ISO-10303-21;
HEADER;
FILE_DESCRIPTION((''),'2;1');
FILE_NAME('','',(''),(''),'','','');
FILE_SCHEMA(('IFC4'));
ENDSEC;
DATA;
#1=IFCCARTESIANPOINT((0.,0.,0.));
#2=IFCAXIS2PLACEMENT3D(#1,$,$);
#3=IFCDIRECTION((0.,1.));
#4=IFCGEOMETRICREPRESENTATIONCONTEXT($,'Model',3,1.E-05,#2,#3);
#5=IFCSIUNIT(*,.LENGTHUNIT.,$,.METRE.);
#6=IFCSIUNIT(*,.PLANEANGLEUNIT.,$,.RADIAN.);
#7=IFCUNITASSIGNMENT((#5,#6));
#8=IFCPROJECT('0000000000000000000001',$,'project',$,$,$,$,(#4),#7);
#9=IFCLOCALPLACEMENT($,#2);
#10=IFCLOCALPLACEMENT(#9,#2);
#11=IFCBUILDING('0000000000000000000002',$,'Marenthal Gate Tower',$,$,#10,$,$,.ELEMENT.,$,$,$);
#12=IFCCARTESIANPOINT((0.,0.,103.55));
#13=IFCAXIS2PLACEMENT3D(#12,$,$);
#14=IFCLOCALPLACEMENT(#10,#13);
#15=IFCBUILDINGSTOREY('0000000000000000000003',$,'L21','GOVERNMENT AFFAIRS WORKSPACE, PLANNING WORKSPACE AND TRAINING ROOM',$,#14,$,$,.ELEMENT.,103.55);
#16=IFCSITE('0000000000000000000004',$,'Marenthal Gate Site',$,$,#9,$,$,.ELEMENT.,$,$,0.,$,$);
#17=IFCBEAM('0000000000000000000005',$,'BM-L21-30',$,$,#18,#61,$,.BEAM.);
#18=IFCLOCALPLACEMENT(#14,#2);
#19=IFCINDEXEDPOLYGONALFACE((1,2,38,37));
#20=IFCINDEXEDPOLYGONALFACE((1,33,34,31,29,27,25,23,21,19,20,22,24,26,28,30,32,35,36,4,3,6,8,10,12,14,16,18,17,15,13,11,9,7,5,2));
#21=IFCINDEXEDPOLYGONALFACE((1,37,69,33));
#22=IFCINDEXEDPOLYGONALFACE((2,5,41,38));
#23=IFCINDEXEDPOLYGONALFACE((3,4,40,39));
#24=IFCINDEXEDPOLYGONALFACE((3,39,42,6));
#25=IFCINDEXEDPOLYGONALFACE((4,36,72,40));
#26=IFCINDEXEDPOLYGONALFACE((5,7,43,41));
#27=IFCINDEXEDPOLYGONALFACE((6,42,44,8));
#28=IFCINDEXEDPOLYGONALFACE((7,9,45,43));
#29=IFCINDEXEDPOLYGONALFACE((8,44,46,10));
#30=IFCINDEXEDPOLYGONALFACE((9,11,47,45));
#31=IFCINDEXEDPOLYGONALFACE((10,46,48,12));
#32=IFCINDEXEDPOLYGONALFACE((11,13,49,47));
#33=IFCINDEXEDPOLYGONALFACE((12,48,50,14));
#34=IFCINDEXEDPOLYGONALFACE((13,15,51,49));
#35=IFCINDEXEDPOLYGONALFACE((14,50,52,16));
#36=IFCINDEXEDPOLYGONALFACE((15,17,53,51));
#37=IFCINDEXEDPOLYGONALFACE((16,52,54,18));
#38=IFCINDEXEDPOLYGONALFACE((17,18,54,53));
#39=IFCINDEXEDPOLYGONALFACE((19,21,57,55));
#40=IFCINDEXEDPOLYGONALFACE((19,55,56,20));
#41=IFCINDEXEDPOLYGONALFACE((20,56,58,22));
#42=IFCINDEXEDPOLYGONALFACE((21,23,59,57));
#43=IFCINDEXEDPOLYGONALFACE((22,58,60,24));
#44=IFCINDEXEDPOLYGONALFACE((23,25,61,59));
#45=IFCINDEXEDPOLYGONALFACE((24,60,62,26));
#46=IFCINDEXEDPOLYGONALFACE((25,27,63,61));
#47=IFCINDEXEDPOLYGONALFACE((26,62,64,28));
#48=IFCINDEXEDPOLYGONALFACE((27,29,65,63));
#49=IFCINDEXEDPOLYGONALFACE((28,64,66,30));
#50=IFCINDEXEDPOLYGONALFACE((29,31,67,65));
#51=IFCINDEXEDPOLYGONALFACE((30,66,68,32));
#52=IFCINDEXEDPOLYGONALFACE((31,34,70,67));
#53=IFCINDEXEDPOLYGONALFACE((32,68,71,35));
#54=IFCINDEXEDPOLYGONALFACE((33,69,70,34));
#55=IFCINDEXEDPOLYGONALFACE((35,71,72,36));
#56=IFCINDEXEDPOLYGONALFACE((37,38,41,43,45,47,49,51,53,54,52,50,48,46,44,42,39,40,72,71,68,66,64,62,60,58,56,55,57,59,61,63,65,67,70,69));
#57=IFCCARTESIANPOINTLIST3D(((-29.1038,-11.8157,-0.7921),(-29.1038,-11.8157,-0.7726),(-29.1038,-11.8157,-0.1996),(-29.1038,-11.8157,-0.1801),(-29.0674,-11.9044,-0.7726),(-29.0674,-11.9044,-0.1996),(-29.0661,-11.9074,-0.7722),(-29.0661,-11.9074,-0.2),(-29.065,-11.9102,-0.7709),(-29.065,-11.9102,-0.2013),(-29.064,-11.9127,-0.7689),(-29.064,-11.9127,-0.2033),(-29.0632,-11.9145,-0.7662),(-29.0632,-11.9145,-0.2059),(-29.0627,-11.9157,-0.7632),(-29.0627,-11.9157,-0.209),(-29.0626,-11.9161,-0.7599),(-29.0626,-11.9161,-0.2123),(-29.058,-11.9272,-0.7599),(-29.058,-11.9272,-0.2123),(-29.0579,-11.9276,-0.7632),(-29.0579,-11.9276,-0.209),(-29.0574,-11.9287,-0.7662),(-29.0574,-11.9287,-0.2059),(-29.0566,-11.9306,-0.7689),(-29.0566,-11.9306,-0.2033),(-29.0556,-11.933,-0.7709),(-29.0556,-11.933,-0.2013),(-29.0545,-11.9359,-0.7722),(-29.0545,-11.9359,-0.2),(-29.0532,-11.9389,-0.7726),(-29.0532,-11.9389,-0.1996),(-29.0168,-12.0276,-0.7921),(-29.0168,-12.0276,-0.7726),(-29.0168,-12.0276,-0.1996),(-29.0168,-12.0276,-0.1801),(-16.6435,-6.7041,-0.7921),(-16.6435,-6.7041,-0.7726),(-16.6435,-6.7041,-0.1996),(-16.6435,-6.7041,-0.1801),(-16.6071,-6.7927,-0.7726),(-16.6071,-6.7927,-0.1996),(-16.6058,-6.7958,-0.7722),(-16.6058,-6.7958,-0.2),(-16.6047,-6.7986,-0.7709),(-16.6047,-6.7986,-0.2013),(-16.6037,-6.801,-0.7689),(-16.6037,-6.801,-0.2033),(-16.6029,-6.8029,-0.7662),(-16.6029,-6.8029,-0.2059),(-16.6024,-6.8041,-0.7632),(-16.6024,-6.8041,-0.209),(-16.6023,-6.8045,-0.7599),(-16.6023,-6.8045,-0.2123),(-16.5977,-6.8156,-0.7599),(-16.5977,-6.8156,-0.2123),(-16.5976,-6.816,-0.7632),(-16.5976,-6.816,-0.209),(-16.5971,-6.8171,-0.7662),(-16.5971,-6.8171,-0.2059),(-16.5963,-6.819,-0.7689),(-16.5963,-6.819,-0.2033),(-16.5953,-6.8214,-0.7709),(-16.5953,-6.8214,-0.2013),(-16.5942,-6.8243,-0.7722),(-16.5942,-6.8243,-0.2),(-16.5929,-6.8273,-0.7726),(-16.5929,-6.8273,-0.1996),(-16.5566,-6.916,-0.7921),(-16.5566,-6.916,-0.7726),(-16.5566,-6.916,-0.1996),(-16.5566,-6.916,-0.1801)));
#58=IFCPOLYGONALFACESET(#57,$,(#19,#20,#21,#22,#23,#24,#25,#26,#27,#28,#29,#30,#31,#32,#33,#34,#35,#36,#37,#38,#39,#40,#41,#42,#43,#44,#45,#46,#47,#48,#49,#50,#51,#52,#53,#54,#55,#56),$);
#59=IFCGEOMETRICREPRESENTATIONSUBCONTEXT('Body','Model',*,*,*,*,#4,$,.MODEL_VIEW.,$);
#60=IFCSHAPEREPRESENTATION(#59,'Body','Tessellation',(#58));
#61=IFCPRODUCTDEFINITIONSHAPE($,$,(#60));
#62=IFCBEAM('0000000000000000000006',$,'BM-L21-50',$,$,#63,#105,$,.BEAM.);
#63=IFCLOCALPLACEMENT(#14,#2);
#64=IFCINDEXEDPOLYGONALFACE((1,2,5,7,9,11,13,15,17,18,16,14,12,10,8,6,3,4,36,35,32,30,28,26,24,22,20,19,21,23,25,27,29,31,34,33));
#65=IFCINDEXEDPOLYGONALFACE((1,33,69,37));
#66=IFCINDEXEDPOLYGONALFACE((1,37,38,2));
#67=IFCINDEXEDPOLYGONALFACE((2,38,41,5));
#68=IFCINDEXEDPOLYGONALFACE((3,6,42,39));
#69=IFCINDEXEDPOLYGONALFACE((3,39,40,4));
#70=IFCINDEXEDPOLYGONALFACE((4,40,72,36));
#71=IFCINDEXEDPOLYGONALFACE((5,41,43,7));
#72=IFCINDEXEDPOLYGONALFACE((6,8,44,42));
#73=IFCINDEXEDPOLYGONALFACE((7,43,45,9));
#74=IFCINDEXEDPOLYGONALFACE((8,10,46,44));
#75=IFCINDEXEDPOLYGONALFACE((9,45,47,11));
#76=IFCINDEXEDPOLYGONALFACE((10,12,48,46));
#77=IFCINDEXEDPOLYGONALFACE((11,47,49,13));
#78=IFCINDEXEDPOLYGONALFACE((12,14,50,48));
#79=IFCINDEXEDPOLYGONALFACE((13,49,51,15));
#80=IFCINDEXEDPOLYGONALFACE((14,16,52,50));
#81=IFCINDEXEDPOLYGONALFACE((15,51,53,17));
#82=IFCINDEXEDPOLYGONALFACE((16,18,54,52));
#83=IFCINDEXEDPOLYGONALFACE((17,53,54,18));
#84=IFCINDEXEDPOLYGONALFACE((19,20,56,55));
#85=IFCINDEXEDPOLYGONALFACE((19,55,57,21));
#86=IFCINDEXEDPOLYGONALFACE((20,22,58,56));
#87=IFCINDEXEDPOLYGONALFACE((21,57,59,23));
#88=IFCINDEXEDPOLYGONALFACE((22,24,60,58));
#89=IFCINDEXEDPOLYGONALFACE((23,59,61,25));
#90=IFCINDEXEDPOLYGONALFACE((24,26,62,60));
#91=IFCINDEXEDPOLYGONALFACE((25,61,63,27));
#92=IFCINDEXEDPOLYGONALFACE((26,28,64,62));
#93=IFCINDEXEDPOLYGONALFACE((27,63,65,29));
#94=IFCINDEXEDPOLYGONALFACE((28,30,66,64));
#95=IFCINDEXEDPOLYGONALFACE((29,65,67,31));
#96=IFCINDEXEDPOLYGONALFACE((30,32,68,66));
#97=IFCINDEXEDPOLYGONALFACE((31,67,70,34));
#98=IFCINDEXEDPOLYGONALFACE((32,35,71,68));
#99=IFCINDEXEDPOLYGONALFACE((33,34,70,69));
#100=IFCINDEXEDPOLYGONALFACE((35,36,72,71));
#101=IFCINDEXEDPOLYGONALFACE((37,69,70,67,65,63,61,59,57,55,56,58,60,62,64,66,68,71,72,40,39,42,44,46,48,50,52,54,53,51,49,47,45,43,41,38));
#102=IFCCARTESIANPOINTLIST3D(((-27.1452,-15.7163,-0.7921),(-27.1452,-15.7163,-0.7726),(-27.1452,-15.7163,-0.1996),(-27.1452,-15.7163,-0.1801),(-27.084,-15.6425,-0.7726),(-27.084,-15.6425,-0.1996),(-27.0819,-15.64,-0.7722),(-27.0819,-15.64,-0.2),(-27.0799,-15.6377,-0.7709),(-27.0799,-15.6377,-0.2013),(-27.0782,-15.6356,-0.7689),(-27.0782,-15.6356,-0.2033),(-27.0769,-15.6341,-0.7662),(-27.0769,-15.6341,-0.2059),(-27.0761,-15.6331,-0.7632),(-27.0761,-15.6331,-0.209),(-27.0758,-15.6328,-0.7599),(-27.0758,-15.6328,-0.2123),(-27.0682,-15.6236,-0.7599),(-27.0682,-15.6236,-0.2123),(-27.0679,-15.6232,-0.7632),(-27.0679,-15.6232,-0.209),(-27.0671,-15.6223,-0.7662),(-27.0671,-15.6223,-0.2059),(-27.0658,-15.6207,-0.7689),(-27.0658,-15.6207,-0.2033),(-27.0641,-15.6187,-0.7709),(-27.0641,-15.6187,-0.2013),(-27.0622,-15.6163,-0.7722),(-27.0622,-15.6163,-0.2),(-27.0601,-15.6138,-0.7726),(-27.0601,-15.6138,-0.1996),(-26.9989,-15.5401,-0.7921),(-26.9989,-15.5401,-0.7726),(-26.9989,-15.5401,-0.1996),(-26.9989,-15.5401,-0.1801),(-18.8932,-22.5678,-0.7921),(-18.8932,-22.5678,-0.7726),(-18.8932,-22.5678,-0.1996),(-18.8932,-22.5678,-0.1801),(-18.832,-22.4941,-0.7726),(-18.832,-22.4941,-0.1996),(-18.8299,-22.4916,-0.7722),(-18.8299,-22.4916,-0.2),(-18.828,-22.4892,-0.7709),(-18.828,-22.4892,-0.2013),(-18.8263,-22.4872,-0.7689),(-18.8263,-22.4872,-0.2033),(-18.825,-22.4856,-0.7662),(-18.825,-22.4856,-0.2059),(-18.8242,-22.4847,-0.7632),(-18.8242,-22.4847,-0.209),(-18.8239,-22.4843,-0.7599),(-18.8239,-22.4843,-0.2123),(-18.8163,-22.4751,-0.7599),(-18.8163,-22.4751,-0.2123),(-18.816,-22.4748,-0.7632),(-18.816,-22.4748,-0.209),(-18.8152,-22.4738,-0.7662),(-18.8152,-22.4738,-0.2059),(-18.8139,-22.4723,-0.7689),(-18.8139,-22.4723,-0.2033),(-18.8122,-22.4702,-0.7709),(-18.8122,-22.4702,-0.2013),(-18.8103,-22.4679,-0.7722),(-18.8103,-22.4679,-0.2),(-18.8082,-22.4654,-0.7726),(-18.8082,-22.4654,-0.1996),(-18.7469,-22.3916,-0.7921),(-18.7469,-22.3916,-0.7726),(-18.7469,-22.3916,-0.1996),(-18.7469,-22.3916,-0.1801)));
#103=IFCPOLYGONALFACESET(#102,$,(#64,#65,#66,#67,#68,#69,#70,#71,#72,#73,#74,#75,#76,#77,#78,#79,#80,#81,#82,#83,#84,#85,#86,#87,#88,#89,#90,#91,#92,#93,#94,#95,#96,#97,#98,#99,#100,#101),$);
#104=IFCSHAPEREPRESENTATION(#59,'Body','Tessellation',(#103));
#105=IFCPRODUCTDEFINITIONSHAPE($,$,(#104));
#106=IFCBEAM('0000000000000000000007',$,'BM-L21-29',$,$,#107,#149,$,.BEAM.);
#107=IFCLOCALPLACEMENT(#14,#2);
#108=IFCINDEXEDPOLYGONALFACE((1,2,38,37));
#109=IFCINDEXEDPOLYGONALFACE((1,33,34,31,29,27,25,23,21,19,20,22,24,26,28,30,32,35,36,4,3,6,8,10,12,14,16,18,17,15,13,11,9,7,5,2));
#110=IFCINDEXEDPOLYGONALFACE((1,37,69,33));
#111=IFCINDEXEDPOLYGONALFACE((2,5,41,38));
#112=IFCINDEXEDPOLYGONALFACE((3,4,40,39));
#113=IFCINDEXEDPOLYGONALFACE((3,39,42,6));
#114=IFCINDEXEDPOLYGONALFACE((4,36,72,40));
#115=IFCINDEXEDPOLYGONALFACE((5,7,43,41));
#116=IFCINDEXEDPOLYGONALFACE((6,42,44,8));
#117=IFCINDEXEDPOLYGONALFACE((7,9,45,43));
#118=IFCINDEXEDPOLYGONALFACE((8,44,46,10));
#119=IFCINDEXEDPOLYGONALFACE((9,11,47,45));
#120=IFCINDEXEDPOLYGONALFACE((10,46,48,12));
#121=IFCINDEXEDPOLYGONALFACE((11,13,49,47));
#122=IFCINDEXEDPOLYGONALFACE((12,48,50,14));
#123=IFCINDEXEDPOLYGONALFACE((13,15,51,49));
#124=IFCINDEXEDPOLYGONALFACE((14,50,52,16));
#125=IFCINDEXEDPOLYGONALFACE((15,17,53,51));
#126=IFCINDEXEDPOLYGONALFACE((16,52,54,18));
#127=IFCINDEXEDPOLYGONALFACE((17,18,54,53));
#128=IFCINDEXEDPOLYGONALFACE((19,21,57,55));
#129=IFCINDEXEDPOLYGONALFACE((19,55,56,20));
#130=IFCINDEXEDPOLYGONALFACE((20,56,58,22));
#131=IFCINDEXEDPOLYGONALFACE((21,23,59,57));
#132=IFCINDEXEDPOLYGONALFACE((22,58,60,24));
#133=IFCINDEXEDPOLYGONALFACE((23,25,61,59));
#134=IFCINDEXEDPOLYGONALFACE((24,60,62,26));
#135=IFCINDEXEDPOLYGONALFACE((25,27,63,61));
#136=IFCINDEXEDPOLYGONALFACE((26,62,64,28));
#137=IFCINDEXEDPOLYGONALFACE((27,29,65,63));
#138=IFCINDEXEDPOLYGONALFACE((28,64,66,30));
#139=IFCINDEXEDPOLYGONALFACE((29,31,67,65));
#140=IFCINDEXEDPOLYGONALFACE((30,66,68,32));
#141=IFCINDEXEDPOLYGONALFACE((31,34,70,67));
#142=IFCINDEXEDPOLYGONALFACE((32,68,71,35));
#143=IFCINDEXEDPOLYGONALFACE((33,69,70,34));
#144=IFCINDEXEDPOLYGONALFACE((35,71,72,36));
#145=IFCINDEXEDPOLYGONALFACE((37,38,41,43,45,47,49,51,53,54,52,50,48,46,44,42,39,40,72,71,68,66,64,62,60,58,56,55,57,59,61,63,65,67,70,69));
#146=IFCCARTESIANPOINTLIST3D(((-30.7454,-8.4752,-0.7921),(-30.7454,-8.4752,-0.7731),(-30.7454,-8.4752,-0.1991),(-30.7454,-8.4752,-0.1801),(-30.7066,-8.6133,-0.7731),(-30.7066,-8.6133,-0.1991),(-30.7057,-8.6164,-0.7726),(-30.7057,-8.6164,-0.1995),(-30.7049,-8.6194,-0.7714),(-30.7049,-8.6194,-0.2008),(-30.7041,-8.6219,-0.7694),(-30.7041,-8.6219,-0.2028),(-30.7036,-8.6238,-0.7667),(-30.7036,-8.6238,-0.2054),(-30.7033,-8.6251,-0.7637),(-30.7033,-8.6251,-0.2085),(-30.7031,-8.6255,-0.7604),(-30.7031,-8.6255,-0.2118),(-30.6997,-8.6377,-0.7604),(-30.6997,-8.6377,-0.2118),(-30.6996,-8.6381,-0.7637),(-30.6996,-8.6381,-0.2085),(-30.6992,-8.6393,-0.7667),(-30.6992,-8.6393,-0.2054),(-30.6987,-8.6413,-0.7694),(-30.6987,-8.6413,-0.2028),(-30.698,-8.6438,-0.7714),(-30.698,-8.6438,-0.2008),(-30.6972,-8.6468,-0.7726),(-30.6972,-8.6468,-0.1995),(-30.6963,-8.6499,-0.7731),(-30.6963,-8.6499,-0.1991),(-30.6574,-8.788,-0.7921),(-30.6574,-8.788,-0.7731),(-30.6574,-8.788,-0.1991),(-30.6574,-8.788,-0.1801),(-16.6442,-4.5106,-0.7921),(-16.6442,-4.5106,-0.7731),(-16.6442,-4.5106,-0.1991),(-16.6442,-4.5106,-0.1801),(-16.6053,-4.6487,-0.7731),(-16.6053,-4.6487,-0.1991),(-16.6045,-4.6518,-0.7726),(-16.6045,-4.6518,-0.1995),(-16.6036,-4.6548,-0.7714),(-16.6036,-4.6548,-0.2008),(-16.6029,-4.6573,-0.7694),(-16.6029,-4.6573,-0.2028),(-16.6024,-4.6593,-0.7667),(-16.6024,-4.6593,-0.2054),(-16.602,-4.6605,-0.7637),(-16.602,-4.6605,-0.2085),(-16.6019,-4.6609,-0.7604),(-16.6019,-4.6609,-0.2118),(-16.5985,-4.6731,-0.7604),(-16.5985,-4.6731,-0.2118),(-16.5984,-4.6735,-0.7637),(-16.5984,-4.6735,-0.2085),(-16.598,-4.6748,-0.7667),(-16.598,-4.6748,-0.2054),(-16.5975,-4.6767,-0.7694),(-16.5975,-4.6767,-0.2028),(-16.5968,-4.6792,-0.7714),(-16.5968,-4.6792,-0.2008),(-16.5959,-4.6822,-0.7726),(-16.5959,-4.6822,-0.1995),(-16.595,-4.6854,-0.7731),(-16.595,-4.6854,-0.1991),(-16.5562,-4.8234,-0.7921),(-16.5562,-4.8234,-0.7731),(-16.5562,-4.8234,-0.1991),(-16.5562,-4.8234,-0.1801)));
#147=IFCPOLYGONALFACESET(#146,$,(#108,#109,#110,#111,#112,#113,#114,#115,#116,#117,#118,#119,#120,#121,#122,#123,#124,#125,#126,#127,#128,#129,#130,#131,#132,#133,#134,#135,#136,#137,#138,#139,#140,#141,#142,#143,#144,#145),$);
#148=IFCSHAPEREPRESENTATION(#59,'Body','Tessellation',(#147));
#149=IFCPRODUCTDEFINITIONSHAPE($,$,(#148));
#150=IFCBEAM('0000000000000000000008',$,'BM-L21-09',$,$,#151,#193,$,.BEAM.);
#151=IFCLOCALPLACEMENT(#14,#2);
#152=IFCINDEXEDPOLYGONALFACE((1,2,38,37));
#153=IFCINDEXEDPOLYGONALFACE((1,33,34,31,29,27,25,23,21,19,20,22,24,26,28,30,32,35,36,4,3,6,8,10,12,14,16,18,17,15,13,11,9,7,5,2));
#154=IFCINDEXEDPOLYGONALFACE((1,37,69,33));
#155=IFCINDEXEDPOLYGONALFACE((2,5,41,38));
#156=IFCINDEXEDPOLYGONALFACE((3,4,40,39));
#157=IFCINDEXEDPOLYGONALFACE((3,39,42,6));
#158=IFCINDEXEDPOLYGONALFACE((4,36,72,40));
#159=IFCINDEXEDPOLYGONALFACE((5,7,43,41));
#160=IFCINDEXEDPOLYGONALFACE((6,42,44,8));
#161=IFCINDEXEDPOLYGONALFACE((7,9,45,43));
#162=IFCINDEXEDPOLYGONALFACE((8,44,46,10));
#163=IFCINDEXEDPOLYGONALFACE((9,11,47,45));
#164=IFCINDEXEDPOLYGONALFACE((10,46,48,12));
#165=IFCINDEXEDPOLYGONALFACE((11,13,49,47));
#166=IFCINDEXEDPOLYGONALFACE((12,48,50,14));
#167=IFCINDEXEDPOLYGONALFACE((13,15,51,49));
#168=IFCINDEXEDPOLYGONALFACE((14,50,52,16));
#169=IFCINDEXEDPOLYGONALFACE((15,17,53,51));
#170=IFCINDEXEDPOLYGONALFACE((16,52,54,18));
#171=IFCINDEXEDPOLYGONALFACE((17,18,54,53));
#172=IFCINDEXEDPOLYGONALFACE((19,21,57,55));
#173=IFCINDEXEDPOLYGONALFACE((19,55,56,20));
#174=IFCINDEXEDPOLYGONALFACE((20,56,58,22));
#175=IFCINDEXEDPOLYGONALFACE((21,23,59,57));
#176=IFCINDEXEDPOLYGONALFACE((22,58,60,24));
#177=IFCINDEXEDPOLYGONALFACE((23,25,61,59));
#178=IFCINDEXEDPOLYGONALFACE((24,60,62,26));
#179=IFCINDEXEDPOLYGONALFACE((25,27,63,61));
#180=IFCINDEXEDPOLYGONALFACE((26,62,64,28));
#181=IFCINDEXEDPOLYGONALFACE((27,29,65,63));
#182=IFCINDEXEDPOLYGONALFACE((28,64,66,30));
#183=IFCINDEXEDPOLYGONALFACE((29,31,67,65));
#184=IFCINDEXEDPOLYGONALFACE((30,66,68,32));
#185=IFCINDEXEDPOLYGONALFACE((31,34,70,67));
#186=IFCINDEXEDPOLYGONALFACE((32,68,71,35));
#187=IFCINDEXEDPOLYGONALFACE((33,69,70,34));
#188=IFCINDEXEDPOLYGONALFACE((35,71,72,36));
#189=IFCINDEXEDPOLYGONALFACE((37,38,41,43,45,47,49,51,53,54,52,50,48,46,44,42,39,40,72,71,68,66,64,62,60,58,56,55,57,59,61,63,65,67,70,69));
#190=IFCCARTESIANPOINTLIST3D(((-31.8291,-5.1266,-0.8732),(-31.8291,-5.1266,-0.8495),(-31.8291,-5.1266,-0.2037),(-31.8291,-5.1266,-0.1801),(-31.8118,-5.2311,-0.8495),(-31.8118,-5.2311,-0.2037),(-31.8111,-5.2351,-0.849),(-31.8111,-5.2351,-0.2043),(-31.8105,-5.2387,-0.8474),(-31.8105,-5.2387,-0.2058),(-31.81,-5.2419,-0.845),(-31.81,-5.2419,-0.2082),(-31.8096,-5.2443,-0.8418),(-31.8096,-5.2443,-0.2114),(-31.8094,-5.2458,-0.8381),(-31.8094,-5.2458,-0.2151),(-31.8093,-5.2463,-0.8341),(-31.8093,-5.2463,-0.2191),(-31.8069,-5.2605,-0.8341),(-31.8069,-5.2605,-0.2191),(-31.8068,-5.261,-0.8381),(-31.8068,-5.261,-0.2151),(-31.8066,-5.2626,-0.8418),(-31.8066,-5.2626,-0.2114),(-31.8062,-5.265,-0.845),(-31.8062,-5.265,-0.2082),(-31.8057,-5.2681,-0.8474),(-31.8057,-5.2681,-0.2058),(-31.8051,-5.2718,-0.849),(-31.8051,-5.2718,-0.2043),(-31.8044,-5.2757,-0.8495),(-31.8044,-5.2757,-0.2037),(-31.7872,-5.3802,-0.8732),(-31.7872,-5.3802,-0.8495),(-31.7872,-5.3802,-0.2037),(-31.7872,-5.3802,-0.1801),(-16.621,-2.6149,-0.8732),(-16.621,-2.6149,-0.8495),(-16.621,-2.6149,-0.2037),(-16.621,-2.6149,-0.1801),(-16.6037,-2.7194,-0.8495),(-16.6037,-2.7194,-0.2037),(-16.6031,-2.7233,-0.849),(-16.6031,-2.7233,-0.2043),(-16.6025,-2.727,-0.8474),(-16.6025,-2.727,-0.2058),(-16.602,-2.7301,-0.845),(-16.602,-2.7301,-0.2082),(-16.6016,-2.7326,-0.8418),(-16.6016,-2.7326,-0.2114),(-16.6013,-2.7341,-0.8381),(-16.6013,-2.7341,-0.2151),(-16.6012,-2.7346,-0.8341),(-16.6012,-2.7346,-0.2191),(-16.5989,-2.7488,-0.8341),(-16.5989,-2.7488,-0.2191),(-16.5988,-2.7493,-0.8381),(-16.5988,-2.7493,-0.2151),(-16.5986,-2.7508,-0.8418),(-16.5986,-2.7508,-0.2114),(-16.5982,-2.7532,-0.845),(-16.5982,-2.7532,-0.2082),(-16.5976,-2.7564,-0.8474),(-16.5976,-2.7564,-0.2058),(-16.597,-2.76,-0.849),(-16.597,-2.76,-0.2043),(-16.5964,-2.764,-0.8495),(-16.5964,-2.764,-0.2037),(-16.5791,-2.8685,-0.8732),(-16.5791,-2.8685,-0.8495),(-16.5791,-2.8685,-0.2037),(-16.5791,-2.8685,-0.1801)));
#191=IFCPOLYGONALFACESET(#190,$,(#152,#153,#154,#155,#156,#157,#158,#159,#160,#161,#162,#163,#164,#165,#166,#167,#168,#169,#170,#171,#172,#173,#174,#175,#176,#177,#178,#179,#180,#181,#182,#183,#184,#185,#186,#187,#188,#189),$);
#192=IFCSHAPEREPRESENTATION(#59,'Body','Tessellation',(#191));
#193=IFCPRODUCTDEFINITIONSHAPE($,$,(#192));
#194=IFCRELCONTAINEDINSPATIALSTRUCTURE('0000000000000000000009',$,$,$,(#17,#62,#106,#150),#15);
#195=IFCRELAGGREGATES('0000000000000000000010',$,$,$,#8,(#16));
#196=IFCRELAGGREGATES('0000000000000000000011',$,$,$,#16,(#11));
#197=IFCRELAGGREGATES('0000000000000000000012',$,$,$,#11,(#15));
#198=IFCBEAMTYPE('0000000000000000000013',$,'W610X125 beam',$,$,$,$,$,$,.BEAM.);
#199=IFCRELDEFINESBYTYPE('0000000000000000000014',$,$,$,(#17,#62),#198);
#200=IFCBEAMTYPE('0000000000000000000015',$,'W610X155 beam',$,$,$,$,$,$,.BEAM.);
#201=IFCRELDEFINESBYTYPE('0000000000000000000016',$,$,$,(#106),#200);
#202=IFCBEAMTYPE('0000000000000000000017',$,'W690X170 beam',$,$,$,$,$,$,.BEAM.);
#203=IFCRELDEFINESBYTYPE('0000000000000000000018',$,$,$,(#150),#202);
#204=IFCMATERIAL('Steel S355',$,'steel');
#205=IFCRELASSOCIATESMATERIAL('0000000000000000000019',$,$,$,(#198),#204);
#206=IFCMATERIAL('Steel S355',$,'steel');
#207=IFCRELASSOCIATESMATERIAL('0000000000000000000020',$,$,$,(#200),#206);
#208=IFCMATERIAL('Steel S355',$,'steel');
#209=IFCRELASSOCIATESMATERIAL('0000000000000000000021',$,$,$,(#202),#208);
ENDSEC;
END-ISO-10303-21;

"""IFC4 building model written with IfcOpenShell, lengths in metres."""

from ifc_helpers import new_model, si_unit, direction, frame, origin, origin_2d, place, context, subcontext, project, spatial, i_section, extrude, material, material_profile, profile_set, type_object, element, save


model = new_model("IFC4")

# Units and contexts
model_context = context("Model", 3, precision=1e-05, world=origin(), true_north=direction((0.0, 1.0)))
body_context = subcontext(model_context, "Body", "Model", "MODEL_VIEW")
ifc_project = project(units=[si_unit("LENGTHUNIT", "METRE"), si_unit("PLANEANGLEUNIT", "RADIAN")], contexts=[model_context])

# Site, building, storey
site_placement = place(None, origin())
site = spatial("IfcSite", under=ifc_project, at=site_placement, Name="Marenthal Gate Site", CompositionType="ELEMENT", RefElevation=0.0)
building_placement = place(site_placement, origin())
building = spatial("IfcBuilding", under=site, at=building_placement, Name="Marenthal Gate Tower", CompositionType="ELEMENT")
storey_placement = place(building_placement, frame((0.0, 0.0, 103.55)))
storey = spatial("IfcBuildingStorey", under=building, at=storey_placement, Name="L21", Description="GOVERNMENT AFFAIRS WORKSPACE, PLANNING WORKSPACE AND TRAINING ROOM", CompositionType="ELEMENT", Elevation=103.55)

# Beams
ifc_material_1 = material(Name="Steel S355", Category="steel")
ifc_material_profile_1 = material_profile(ifc_material_1, i_section(OverallWidth=0.229, OverallDepth=0.6121, WebThickness=0.012, FlangeThickness=0.0195, FilletRadius=0.0127, at=origin_2d()), Name="W610X125")
ifc_profile_set_1 = profile_set([ifc_material_profile_1], Name="Steel S355")
beam_type_1 = type_object("IfcBeamType", Name="W610X125 beam", PredefinedType="BEAM", material=ifc_profile_set_1)
beam_1_placement = place(storey_placement, frame((-29.0603, -11.9216, -0.4861), z_axis=(0.925177, 0.379537, 0.0), x_axis=(-0.379537, 0.925177, 0.0)))
element("IfcBeam", 1, at=beam_1_placement, inside=storey, type_object=beam_type_1, Name="BM-L21-30", PredefinedType="BEAM", context=body_context, shape_type="SweptSolid", body=[
    extrude(i_section(OverallWidth=0.229, OverallDepth=0.6121, WebThickness=0.012, FlangeThickness=0.0195, FilletRadius=0.0127, at=origin_2d()), origin(), (0.0, 0.0, 1.0), 13.468),
])
beam_2_placement = place(storey_placement, frame((-27.072, -15.6282, -0.4861), z_axis=(0.769369, -0.638804, 0.0), x_axis=(0.638804, 0.769369, 0.0)))
element("IfcBeam", 2, at=beam_2_placement, inside=storey, type_object=beam_type_1, Name="BM-L21-50", PredefinedType="BEAM", context=body_context, shape_type="SweptSolid", body=[
    extrude(i_section(OverallWidth=0.229, OverallDepth=0.6121, WebThickness=0.012, FlangeThickness=0.0195, FilletRadius=0.0127, at=origin_2d()), origin(), (0.0, 0.0, 1.0), 10.7256),
])
ifc_material_2 = material(Name="Steel S355", Category="steel")
ifc_material_profile_2 = material_profile(ifc_material_2, i_section(OverallWidth=0.325, OverallDepth=0.6121, WebThickness=0.0127, FlangeThickness=0.019, FilletRadius=0.0127, at=origin_2d()), Name="W610X155")
ifc_profile_set_2 = profile_set([ifc_material_profile_2], Name="Steel S355")
beam_type_2 = type_object("IfcBeamType", Name="W610X155 beam", PredefinedType="BEAM", material=ifc_profile_set_2)
beam_3_placement = place(storey_placement, frame((-30.7014, -8.6316, -0.4861), z_axis=(0.962676, 0.270657, 0.0), x_axis=(-0.270657, 0.962676, 0.0)))
element("IfcBeam", 3, at=beam_3_placement, inside=storey, type_object=beam_type_2, Name="BM-L21-29", PredefinedType="BEAM", context=body_context, shape_type="SweptSolid", body=[
    extrude(i_section(OverallWidth=0.325, OverallDepth=0.6121, WebThickness=0.0127, FlangeThickness=0.019, FilletRadius=0.0127, at=origin_2d()), origin(), (0.0, 0.0, 1.0), 14.6479),
])
ifc_material_3 = material(Name="Steel S355", Category="steel")
ifc_material_profile_3 = material_profile(ifc_material_3, i_section(OverallWidth=0.2571, OverallDepth=0.6931, WebThickness=0.0144, FlangeThickness=0.0237, FilletRadius=0.0154, at=origin_2d()), Name="W690X170")
ifc_profile_set_3 = profile_set([ifc_material_profile_3], Name="Steel S355")
beam_type_3 = type_object("IfcBeamType", Name="W690X170 beam", PredefinedType="BEAM", material=ifc_profile_set_3)
beam_4_placement = place(storey_placement, frame((-31.8081, -5.2534, -0.5266), z_axis=(0.986634, 0.16295, 0.0), x_axis=(-0.16295, 0.986634, 0.0)))
element("IfcBeam", 4, at=beam_4_placement, inside=storey, type_object=beam_type_3, Name="BM-L21-09", PredefinedType="BEAM", context=body_context, shape_type="SweptSolid", body=[
    extrude(i_section(OverallWidth=0.2571, OverallDepth=0.6931, WebThickness=0.0144, FlangeThickness=0.0237, FilletRadius=0.0154, at=origin_2d()), origin(), (0.0, 0.0, 1.0), 15.4141),
])

save(model, "model.ifc")
